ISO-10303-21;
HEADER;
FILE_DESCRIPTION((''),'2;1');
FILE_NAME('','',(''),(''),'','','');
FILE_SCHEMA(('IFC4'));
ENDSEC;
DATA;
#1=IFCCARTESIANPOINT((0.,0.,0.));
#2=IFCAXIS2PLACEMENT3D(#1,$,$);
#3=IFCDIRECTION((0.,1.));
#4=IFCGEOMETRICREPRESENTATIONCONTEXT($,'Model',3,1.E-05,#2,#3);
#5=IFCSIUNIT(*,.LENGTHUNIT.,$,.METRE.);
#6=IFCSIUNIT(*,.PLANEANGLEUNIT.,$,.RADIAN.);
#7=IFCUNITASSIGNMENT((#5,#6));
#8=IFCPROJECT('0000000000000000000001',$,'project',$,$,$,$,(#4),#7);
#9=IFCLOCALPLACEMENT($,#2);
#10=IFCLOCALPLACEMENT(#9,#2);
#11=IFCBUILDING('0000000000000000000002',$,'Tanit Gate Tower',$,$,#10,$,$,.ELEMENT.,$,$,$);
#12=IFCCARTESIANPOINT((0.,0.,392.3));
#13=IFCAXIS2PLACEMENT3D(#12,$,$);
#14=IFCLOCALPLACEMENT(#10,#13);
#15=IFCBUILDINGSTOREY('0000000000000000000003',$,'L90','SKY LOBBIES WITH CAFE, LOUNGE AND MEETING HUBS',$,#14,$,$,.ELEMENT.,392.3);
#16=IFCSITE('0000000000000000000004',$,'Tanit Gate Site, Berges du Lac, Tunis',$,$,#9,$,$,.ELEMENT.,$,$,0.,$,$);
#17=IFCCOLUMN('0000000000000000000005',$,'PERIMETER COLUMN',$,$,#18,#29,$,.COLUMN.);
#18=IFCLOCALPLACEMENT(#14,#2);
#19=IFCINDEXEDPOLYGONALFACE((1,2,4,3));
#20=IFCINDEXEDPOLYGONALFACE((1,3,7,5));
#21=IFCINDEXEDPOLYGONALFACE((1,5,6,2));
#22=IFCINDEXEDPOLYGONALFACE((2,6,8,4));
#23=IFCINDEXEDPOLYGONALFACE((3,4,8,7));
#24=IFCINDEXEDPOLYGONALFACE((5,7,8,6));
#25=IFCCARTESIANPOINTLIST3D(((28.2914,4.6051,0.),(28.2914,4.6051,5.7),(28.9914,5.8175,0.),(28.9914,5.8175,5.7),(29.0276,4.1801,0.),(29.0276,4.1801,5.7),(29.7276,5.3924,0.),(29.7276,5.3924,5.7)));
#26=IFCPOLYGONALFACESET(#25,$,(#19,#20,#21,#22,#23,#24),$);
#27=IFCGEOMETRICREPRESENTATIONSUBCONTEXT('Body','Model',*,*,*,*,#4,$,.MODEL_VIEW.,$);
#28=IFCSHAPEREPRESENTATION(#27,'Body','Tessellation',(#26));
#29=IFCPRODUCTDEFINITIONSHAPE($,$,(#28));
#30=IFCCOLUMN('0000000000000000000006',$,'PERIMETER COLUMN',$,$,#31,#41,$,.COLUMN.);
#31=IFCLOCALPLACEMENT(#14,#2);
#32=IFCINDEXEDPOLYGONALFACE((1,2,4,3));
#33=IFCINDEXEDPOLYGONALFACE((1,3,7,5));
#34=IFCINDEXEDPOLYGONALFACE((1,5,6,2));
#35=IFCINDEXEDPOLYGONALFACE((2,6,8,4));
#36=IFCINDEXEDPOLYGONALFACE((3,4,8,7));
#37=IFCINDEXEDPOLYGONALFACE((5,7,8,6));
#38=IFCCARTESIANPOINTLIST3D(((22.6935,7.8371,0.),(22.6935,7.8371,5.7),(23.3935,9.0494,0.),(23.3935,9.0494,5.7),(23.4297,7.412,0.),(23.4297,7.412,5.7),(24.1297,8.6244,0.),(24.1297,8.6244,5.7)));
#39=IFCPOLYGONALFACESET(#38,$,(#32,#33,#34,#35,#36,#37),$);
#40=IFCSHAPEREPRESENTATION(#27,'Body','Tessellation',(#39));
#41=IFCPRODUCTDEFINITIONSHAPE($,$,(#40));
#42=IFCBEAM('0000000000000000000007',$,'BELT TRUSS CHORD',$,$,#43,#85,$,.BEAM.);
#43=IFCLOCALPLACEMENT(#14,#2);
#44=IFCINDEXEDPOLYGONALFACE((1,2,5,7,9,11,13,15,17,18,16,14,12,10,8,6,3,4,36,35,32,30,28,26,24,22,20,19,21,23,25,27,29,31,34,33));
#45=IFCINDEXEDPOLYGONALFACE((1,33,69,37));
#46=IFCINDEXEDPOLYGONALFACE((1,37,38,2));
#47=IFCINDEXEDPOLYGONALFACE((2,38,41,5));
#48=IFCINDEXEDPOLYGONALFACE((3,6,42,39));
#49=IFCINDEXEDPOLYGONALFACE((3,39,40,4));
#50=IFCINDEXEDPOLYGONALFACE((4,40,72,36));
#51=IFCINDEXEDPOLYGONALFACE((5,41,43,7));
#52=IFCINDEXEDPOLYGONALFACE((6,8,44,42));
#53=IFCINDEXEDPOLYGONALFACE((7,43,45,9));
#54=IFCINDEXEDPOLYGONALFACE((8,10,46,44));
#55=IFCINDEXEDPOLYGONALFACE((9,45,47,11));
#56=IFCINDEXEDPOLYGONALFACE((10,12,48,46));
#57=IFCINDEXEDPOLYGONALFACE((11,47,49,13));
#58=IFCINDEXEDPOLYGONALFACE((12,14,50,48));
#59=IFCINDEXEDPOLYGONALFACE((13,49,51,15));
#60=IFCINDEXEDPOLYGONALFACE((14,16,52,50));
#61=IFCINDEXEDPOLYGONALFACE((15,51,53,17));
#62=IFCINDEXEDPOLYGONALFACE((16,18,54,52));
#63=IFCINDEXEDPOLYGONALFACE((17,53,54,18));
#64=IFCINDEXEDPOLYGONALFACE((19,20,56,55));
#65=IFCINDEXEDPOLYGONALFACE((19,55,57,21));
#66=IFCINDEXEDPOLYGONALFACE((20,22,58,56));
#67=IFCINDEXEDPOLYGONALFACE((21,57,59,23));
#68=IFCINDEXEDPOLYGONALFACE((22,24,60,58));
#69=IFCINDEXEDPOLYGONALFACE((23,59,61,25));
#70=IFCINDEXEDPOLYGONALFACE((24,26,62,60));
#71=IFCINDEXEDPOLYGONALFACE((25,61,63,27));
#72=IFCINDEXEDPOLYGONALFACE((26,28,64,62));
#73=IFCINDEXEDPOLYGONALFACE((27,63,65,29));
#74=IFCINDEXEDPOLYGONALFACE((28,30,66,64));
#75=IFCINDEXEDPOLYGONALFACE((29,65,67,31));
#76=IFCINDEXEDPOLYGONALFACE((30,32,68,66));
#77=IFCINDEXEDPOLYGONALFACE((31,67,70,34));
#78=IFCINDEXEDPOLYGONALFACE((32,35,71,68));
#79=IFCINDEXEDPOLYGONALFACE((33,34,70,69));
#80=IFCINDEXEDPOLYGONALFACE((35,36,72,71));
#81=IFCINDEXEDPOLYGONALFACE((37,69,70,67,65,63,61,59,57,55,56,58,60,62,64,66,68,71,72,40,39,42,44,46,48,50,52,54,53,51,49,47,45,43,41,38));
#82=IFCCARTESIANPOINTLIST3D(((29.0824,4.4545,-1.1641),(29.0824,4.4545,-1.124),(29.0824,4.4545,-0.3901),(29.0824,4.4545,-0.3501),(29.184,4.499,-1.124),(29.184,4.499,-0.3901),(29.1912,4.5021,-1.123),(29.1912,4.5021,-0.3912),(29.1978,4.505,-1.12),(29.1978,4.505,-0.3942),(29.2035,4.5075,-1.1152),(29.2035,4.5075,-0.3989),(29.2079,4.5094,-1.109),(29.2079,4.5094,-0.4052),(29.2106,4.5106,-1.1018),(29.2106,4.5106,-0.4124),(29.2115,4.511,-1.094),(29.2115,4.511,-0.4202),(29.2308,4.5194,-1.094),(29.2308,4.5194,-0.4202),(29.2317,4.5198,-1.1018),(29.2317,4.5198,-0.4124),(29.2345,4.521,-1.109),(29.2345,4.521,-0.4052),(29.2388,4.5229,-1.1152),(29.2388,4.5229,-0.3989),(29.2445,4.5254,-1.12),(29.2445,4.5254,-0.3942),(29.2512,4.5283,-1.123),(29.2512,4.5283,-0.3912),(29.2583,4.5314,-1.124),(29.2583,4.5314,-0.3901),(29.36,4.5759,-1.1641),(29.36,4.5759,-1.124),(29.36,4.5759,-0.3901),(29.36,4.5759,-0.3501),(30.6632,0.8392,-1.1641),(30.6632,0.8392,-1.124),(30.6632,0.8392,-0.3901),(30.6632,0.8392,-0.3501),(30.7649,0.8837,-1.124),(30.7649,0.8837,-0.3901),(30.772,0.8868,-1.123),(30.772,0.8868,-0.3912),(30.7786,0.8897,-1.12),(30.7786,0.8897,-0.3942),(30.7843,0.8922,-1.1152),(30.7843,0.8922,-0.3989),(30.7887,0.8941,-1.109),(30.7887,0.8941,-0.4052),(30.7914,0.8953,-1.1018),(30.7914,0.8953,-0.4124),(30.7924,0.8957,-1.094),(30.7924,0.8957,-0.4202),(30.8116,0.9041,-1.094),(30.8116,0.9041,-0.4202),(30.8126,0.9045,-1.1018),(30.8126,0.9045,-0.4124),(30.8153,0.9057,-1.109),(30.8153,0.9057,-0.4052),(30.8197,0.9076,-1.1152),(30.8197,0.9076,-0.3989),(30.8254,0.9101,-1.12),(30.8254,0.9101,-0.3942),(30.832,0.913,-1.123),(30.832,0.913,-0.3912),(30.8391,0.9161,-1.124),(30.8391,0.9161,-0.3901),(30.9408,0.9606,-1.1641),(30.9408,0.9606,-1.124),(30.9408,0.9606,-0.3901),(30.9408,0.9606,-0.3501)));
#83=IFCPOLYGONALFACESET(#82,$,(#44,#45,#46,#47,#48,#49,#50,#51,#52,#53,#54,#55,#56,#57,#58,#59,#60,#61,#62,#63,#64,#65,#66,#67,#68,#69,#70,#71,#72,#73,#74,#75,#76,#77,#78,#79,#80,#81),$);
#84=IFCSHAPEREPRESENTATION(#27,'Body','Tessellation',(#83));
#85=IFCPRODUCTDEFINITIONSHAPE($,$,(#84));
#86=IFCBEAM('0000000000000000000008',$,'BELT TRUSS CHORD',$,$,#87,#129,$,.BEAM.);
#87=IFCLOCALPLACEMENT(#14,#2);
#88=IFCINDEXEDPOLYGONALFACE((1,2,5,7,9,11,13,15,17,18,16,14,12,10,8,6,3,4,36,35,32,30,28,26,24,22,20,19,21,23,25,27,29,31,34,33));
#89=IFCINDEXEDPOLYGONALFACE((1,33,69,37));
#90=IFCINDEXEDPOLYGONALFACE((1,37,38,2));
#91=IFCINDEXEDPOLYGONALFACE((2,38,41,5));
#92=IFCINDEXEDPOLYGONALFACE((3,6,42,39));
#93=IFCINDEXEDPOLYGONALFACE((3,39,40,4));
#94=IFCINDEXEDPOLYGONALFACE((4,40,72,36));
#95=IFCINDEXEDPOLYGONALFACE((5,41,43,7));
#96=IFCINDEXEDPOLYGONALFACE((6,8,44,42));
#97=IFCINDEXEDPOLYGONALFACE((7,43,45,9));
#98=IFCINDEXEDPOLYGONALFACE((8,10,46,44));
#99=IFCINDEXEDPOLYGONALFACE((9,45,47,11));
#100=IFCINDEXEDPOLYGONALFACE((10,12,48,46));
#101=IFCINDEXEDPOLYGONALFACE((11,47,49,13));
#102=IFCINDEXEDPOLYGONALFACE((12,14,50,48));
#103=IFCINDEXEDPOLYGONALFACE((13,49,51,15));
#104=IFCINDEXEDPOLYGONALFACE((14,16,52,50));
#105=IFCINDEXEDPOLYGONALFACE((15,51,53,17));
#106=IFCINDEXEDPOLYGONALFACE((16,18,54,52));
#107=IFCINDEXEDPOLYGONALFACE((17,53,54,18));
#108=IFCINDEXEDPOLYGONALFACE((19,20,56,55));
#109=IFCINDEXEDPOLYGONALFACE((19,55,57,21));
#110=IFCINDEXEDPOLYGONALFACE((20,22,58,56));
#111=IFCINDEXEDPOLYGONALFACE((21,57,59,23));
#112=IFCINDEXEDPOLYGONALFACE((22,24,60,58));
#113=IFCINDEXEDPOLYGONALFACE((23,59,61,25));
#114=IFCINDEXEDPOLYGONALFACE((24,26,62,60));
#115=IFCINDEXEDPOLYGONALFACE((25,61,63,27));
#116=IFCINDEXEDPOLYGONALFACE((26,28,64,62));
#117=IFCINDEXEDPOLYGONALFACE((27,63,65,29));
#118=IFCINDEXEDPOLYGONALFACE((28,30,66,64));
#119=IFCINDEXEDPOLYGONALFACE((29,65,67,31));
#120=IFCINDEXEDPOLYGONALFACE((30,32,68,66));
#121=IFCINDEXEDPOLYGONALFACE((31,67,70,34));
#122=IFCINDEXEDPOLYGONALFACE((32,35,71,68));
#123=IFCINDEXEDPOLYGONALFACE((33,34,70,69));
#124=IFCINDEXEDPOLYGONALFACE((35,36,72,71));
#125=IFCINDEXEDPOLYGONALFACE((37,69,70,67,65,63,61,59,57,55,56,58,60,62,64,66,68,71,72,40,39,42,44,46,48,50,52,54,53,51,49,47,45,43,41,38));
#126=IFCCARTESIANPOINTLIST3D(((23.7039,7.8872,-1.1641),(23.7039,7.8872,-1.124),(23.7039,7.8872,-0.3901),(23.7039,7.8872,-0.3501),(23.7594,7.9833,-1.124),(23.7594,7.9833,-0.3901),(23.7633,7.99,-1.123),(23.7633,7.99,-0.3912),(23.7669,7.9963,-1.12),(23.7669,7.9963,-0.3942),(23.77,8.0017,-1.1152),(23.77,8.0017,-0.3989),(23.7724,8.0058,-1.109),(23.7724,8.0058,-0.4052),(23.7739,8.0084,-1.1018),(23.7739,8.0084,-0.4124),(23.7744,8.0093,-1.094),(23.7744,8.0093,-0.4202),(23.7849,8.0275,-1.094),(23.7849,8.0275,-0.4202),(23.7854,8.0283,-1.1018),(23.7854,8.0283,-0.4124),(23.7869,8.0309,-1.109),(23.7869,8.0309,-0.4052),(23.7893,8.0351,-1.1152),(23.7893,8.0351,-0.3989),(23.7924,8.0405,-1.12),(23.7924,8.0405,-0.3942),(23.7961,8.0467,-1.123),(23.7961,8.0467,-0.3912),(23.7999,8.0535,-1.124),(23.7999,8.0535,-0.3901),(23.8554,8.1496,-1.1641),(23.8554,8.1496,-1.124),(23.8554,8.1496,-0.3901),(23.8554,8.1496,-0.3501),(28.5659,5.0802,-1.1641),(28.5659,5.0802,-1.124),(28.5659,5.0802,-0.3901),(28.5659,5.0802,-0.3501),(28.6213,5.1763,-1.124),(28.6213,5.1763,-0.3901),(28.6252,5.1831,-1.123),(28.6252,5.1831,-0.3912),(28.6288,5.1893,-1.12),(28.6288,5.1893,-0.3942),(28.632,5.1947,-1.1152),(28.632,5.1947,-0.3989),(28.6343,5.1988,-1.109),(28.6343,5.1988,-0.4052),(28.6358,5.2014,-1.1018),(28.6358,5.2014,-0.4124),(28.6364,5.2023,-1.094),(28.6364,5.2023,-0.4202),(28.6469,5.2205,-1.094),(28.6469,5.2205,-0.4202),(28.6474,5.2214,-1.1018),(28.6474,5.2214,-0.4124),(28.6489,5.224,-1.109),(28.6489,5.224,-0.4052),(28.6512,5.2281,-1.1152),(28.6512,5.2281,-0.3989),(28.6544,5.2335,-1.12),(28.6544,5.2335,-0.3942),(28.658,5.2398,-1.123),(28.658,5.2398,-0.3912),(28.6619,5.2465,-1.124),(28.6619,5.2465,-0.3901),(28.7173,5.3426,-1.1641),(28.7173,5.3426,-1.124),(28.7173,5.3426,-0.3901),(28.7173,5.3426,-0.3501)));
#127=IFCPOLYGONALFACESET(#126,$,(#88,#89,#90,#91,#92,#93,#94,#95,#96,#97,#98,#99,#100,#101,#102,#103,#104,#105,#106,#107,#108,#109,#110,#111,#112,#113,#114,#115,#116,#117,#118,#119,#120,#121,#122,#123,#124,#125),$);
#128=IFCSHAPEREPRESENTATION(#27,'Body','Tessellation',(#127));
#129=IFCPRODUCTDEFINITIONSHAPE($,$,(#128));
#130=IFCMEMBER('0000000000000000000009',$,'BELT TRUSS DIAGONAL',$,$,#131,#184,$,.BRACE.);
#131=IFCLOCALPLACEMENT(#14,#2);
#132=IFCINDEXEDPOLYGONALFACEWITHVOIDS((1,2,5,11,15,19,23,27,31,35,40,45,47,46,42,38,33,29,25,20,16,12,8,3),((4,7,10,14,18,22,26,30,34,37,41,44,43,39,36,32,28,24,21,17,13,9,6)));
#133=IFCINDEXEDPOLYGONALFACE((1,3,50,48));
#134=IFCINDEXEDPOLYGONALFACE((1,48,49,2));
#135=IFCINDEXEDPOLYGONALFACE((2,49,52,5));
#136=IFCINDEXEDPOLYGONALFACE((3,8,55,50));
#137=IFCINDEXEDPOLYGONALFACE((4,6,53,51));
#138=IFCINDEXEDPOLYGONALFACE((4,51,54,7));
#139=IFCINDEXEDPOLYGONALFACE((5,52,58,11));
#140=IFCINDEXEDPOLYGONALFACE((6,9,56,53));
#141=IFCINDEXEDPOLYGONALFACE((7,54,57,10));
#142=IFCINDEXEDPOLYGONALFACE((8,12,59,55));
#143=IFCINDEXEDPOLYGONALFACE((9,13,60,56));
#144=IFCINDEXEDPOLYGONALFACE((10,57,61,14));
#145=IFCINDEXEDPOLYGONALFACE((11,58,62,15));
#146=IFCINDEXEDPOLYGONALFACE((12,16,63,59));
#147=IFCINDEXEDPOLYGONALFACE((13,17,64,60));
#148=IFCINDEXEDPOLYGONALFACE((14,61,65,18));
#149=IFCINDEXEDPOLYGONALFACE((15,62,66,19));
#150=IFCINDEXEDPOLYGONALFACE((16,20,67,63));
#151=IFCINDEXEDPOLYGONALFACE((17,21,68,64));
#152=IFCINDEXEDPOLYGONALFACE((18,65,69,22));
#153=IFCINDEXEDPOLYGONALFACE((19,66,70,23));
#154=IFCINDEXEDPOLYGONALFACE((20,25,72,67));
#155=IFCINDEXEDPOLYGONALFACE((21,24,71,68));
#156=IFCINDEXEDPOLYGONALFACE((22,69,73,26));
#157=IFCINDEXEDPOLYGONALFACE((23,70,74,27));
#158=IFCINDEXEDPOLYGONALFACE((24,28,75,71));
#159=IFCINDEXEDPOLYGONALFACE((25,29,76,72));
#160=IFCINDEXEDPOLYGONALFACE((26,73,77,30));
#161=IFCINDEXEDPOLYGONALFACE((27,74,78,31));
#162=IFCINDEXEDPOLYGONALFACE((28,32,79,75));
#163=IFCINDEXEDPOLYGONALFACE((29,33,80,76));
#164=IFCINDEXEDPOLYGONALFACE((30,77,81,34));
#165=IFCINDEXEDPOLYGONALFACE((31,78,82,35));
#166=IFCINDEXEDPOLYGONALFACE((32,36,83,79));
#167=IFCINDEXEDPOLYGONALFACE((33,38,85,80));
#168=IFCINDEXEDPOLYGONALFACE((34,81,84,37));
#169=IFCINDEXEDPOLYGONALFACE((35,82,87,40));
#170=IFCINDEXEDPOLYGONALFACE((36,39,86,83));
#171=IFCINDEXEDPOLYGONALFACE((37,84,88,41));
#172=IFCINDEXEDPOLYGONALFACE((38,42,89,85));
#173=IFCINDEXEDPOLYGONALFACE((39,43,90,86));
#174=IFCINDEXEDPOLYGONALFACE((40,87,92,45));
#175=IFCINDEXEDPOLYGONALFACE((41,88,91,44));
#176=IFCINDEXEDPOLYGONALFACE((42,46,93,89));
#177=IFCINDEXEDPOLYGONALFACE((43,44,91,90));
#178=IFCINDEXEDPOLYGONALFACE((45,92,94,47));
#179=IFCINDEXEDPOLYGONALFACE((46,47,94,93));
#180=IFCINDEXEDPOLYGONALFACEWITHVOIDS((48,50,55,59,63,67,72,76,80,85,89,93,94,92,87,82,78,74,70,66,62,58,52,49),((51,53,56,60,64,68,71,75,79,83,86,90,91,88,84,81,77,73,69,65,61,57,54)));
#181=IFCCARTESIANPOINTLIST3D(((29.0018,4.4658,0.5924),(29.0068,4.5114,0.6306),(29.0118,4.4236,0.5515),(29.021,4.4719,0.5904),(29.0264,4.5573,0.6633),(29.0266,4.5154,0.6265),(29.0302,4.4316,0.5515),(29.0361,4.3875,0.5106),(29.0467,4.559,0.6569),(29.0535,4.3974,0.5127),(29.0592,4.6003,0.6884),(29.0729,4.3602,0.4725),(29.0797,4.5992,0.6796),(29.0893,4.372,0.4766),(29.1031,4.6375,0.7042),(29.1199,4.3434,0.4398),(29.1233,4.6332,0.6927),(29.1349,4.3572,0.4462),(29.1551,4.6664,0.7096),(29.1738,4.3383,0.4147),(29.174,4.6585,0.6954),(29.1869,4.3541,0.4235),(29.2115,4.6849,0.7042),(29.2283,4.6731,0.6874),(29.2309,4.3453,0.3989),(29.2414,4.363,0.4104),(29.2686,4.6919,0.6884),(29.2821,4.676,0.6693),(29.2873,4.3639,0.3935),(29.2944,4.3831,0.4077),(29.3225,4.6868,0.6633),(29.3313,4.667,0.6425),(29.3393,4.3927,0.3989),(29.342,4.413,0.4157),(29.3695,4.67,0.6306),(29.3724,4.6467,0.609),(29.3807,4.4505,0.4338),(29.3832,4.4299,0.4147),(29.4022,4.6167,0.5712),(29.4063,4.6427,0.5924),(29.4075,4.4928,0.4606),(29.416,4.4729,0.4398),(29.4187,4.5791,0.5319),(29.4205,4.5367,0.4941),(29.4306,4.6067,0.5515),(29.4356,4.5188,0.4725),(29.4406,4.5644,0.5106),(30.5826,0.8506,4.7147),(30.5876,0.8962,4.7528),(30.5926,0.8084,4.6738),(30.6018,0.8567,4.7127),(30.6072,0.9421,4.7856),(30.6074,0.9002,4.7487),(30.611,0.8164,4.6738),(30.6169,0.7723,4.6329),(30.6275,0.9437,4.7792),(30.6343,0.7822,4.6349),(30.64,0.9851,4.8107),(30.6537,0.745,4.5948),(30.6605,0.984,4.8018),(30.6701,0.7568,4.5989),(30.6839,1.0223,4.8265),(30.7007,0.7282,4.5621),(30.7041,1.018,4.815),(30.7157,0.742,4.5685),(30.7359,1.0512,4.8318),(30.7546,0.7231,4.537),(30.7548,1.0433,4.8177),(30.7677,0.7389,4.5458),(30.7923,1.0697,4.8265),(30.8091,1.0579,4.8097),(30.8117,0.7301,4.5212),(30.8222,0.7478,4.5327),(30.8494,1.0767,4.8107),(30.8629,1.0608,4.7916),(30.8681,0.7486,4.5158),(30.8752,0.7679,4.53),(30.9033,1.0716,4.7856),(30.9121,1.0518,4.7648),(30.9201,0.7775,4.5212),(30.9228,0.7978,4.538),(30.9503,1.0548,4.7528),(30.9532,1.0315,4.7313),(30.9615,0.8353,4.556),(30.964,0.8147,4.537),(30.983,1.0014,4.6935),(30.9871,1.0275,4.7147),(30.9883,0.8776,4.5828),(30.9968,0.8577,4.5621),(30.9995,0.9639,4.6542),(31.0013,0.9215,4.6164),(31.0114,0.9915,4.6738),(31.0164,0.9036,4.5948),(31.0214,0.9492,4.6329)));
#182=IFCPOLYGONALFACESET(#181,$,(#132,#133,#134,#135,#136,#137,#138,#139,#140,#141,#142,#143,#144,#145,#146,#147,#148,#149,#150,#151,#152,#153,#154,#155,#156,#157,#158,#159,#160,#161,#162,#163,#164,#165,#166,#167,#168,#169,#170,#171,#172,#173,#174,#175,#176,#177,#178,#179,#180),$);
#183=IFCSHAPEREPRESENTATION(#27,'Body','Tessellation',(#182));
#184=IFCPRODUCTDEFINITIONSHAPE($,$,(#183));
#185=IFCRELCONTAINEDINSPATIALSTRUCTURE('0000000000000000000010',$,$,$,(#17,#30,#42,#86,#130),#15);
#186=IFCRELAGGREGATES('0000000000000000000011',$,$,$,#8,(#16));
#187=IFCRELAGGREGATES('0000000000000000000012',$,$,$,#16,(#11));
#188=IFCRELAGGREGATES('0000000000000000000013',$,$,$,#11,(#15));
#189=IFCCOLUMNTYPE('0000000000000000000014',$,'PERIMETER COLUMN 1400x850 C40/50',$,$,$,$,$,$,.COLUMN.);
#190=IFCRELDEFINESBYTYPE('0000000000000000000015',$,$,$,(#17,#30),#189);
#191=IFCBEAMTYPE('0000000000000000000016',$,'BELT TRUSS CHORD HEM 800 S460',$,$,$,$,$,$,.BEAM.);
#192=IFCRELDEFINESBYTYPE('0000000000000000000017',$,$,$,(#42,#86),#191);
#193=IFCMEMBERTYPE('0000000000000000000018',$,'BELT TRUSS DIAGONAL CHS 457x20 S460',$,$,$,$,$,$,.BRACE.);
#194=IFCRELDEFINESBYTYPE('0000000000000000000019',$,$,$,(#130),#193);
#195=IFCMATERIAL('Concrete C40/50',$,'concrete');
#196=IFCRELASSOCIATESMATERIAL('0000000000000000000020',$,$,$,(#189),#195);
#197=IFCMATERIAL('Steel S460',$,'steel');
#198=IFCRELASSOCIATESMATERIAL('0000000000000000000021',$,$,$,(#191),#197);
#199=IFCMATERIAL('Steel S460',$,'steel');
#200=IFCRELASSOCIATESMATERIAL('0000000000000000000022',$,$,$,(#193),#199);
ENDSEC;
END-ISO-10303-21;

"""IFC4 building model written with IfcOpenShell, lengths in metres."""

from ifc_helpers import new_model, si_unit, direction, frame, origin, origin_2d, place, context, subcontext, project, spatial, rectangle, hollow_circle, i_section, extrude, material, material_profile, profile_set, type_object, element, save


model = new_model("IFC4")

# Units and contexts
model_context = context("Model", 3, precision=1e-05, world=origin(), true_north=direction((0.0, 1.0)))
body_context = subcontext(model_context, "Body", "Model", "MODEL_VIEW")
ifc_project = project(units=[si_unit("LENGTHUNIT", "METRE"), si_unit("PLANEANGLEUNIT", "RADIAN")], contexts=[model_context])

# Site, building, storey
site_placement = place(None, origin())
site = spatial("IfcSite", under=ifc_project, at=site_placement, Name="Tanit Gate Site, Berges du Lac, Tunis", CompositionType="ELEMENT", RefElevation=0.0)
building_placement = place(site_placement, origin())
building = spatial("IfcBuilding", under=site, at=building_placement, Name="Tanit Gate Tower", CompositionType="ELEMENT")
storey_placement = place(building_placement, frame((0.0, 0.0, 392.3)))
storey = spatial("IfcBuildingStorey", under=building, at=storey_placement, Name="L90", Description="SKY LOBBIES WITH CAFE, LOUNGE AND MEETING HUBS", CompositionType="ELEMENT", Elevation=392.3)

# Columns
ifc_material_1 = material(Name="Concrete C40/50", Category="concrete")
ifc_material_profile_1 = material_profile(ifc_material_1, rectangle(XDim=1.3999, YDim=0.8501, at=origin_2d()), Name="RC 1400x850")
ifc_profile_set_1 = profile_set([ifc_material_profile_1], Name="Concrete C40/50")
column_type = type_object("IfcColumnType", Name="PERIMETER COLUMN 1400x850 C40/50", PredefinedType="COLUMN", material=ifc_profile_set_1)
for number, where, z_axis, x_axis, name in (
    (1, (29.0095, 4.9988, 0.0), (0.0, 0.0, 1.0), (0.5, 0.866025, 0.0), "PERIMETER COLUMN"),
    (2, (23.4116, 8.2307, 0.0), (0.0, 0.0, 1.0), (0.5, 0.866025, 0.0), "PERIMETER COLUMN"),
):
    element("IfcColumn", number, at=place(storey_placement, frame(where, z_axis=z_axis, x_axis=x_axis)), inside=storey, type_object=column_type, Name=name, PredefinedType="COLUMN", context=body_context, shape_type="SweptSolid", body=[
        extrude(rectangle(XDim=1.3999, YDim=0.8501, at=origin_2d()), origin(), (0.0, 0.0, 1.0), 5.7),
    ])

# Beams
ifc_material_2 = material(Name="Steel S460", Category="steel")
ifc_material_profile_2 = material_profile(ifc_material_2, i_section(OverallWidth=0.303, OverallDepth=0.814, WebThickness=0.021, FlangeThickness=0.04, FilletRadius=0.03, at=origin_2d()), Name="HEM 800")
ifc_profile_set_2 = profile_set([ifc_material_profile_2], Name="Steel S460")
beam_type_1 = type_object("IfcBeamType", Name="BELT TRUSS CHORD HEM 800 S460", PredefinedType="BEAM", material=ifc_profile_set_2)
beam_1_placement = place(storey_placement, frame((30.802, 0.8999, -0.7571), z_axis=(-0.400637, 0.916237, 0.0), x_axis=(-0.916237, -0.400637, 0.0)))
element("IfcBeam", 3, at=beam_1_placement, inside=storey, type_object=beam_type_1, Name="BELT TRUSS CHORD", PredefinedType="BEAM", context=body_context, shape_type="SweptSolid", body=[
    extrude(i_section(OverallWidth=0.303, OverallDepth=0.814, WebThickness=0.021, FlangeThickness=0.04, FilletRadius=0.03, at=origin_2d()), origin(), (0.0, 0.0, 1.0), 3.9458),
])
beam_2_placement = place(storey_placement, frame((28.6416, 5.2114, -0.7571), z_axis=(-0.866032, 0.499988, 0.0), x_axis=(-0.499988, -0.866032, 0.0)))
element("IfcBeam", 4, at=beam_2_placement, inside=storey, type_object=beam_type_1, Name="BELT TRUSS CHORD", PredefinedType="BEAM", context=body_context, shape_type="SweptSolid", body=[
    extrude(i_section(OverallWidth=0.303, OverallDepth=0.814, WebThickness=0.021, FlangeThickness=0.04, FilletRadius=0.03, at=origin_2d()), origin(), (0.0, 0.0, 1.0), 5.614),
])

# Member
ifc_material_3 = material(Name="Steel S460", Category="steel")
ifc_material_profile_3 = material_profile(ifc_material_3, hollow_circle(Radius=0.2285, WallThickness=0.02, at=origin_2d()), Name="CHS 457x20")
ifc_profile_set_3 = profile_set([ifc_material_profile_3], Name="Steel S460")
member_type_1 = type_object("IfcMemberType", Name="BELT TRUSS DIAGONAL CHS 457x20 S460", PredefinedType="BRACE", material=ifc_profile_set_3)
member_1_placement = place(storey_placement, frame((30.802, 0.8999, 4.6738), z_axis=(-0.277027, 0.633547, -0.722409), x_axis=(-0.916237, -0.400637, 0.0)))
element("IfcMember", 5, at=member_1_placement, inside=storey, type_object=member_type_1, Name="BELT TRUSS DIAGONAL", PredefinedType="BRACE", context=body_context, shape_type="SweptSolid", body=[
    extrude(hollow_circle(Radius=0.2285, WallThickness=0.02, at=origin_2d()), origin(), (0.0, 0.0, 1.0), 5.7063),
])

save(model, "model.ifc")
